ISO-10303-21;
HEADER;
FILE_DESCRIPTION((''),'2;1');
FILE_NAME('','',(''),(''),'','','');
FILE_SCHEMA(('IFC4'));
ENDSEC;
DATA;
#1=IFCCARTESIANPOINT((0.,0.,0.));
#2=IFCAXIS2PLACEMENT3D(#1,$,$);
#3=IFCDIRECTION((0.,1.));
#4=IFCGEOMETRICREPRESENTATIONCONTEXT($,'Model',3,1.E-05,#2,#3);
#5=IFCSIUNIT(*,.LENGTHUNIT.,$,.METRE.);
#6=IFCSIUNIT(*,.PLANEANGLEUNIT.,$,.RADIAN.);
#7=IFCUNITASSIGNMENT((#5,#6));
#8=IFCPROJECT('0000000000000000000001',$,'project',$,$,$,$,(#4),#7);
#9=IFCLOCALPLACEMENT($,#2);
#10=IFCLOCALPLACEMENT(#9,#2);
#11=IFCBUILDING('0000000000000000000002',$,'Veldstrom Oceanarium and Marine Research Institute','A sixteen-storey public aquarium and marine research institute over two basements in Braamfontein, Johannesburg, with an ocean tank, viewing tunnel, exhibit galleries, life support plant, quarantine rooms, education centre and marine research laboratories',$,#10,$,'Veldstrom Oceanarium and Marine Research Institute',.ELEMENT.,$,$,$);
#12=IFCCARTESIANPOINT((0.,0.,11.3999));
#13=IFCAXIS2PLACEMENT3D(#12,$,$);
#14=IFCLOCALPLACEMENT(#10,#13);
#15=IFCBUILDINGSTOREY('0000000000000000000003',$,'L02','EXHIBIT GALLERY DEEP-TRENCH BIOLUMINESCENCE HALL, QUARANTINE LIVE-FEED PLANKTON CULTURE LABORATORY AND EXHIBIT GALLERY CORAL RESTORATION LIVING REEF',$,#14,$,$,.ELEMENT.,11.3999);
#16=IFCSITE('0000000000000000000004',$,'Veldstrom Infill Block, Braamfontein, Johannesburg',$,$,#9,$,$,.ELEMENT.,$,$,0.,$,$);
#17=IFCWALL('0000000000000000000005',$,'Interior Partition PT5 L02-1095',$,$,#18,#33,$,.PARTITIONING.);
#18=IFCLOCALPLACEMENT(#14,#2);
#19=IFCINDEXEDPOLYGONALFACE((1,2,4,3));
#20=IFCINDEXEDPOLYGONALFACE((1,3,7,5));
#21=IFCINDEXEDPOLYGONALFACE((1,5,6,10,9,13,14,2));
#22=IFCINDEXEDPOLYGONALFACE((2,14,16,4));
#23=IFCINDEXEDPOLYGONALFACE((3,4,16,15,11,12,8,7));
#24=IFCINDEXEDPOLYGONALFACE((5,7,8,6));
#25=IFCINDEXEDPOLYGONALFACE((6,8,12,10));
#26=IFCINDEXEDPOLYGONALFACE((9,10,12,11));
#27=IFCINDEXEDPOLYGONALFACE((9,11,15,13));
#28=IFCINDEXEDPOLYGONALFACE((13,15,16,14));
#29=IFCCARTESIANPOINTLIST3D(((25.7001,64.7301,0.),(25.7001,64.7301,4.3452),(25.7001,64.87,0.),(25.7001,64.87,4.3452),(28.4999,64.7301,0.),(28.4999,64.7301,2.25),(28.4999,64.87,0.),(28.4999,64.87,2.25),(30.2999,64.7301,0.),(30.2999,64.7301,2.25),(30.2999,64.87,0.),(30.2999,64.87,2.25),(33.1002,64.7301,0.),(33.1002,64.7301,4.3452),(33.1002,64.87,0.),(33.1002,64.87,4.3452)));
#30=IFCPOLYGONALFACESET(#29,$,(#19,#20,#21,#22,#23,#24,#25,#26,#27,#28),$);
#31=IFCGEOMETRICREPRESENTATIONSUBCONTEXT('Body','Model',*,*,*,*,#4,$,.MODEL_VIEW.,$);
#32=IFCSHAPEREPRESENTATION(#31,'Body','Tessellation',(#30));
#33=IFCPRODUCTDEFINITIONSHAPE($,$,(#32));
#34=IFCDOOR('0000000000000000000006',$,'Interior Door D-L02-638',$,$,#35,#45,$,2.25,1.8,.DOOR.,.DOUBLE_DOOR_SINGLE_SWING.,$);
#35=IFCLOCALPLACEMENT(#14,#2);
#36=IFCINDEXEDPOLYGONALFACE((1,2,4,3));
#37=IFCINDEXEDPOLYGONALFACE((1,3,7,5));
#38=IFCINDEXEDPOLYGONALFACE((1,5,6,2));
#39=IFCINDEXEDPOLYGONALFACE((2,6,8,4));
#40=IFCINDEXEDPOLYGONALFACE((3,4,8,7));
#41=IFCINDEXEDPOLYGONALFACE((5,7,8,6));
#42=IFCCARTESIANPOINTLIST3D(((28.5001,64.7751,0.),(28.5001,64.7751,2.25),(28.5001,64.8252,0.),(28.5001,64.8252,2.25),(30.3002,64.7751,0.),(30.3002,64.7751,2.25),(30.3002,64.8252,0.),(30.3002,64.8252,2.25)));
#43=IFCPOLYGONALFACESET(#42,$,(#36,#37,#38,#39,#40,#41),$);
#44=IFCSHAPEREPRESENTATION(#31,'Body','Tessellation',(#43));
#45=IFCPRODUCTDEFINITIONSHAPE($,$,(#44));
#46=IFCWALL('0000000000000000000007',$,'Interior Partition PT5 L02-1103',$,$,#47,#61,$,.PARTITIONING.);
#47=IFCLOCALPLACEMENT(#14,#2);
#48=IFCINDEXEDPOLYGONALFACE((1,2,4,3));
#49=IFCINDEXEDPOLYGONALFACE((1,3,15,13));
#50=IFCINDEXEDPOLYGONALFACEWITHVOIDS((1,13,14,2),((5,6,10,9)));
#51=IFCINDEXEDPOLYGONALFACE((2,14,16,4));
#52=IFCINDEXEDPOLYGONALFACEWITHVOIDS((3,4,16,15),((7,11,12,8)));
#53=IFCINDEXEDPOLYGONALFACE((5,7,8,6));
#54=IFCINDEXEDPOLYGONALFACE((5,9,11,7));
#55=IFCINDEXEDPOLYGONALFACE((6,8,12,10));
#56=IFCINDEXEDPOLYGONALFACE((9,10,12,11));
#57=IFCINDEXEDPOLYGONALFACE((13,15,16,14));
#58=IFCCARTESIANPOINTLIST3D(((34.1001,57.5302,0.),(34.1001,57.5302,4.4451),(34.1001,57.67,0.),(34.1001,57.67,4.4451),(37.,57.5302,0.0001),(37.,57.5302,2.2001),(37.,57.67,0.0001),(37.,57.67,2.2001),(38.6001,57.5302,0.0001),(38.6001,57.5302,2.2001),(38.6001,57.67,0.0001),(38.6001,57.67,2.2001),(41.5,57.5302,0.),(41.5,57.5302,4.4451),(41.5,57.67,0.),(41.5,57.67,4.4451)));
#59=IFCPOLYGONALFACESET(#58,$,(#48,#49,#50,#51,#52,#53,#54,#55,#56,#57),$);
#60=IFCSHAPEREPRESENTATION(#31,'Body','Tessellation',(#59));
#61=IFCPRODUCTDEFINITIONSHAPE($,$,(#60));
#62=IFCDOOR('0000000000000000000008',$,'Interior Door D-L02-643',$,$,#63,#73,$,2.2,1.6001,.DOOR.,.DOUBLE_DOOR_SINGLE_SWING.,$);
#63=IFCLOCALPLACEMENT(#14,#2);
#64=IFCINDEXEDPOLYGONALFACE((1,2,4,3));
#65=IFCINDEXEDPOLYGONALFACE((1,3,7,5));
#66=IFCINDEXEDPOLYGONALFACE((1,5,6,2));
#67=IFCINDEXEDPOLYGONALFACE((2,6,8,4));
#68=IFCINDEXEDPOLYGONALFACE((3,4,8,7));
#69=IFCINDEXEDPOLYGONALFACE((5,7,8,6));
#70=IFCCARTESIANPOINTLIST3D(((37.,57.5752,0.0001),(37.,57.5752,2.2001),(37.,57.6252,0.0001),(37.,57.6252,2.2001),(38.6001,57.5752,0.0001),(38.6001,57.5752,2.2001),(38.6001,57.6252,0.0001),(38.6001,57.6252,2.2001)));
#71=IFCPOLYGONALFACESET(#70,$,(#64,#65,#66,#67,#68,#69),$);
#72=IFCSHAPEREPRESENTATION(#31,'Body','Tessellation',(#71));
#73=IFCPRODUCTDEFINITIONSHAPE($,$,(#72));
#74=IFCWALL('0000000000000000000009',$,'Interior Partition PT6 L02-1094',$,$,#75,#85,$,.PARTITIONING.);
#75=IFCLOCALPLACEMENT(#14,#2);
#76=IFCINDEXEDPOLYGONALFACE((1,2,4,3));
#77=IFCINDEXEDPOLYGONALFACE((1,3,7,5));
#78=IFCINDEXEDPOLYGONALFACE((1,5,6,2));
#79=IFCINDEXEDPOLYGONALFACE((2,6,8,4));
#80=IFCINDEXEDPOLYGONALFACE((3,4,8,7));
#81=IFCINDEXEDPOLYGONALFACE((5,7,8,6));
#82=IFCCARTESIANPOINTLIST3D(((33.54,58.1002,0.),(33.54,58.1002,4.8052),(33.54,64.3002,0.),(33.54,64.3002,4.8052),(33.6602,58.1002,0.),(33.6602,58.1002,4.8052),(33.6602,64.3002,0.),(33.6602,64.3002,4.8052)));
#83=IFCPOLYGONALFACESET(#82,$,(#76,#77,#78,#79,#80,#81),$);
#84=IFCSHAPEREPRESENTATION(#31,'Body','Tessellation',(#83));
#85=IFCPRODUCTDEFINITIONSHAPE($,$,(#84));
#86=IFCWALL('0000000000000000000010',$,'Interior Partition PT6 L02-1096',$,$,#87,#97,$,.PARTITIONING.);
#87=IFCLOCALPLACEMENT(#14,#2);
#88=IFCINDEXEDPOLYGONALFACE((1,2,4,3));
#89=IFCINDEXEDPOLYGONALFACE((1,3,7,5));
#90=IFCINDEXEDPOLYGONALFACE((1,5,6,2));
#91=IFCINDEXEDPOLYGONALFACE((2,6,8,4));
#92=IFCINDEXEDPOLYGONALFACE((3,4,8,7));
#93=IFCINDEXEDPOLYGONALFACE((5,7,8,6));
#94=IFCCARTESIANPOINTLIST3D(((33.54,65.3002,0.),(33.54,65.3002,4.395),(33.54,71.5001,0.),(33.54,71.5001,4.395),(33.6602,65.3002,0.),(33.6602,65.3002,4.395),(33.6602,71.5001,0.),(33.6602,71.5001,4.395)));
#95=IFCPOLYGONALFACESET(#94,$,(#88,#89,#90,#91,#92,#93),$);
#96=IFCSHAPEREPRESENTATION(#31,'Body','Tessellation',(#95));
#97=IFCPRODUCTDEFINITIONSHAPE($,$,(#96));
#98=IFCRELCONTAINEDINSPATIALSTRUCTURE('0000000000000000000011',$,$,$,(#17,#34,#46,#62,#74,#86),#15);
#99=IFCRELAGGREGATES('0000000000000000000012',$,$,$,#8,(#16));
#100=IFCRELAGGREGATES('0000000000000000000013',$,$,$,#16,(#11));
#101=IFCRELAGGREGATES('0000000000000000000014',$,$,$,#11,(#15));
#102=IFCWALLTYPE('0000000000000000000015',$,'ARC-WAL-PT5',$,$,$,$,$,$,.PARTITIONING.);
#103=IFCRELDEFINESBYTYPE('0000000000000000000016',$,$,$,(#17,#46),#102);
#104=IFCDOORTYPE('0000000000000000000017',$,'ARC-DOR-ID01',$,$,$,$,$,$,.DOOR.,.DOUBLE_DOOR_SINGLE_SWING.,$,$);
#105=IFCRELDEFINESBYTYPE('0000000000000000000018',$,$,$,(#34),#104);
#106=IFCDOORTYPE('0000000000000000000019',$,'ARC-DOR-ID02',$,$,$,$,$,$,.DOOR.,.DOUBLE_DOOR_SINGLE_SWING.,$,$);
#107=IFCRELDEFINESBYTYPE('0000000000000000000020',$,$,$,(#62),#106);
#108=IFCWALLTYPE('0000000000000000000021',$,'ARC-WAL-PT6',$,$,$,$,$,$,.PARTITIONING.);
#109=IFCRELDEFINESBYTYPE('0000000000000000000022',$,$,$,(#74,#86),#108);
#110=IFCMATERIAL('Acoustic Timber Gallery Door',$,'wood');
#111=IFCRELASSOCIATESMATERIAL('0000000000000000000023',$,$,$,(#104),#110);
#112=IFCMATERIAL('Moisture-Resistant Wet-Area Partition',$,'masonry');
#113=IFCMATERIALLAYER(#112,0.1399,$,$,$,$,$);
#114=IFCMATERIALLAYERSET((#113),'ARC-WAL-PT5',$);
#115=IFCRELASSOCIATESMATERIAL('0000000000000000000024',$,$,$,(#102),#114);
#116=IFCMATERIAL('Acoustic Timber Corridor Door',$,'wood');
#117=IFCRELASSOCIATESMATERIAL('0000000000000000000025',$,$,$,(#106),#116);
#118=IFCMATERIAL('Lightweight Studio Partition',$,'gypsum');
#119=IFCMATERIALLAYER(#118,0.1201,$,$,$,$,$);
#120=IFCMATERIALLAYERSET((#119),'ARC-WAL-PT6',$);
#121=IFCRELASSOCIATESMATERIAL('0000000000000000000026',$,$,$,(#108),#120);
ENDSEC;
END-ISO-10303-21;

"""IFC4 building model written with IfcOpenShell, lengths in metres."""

from ifc_helpers import new_model, si_unit, direction, frame, frame_2d, origin, place, context, subcontext, project, spatial, rectangle, extrude, material, layer, layer_set, type_object, element, fill, save


model = new_model("IFC4")

# Units and contexts
model_context = context("Model", 3, precision=1e-05, world=origin(), true_north=direction((0.0, 1.0)))
body_context = subcontext(model_context, "Body", "Model", "MODEL_VIEW")
ifc_project = project(units=[si_unit("LENGTHUNIT", "METRE"), si_unit("PLANEANGLEUNIT", "RADIAN")], contexts=[model_context])

# Site, building, storey
site_placement = place(None, origin())
site = spatial("IfcSite", under=ifc_project, at=site_placement, Name="Veldstrom Infill Block, Braamfontein, Johannesburg", CompositionType="ELEMENT", RefElevation=0.0)
building_placement = place(site_placement, origin())
building = spatial("IfcBuilding", under=site, at=building_placement, Name="Veldstrom Oceanarium and Marine Research Institute", Description="A sixteen-storey public aquarium and marine research institute over two basements in Braamfontein, Johannesburg, with an ocean tank, viewing tunnel, exhibit galleries, life support plant, quarantine rooms, education centre and marine research laboratories", LongName="Veldstrom Oceanarium and Marine Research Institute", CompositionType="ELEMENT")
storey_placement = place(building_placement, frame((0.0, 0.0, 11.3999)))
storey = spatial("IfcBuildingStorey", under=building, at=storey_placement, Name="L02", Description="EXHIBIT GALLERY DEEP-TRENCH BIOLUMINESCENCE HALL, QUARANTINE LIVE-FEED PLANKTON CULTURE LABORATORY AND EXHIBIT GALLERY CORAL RESTORATION LIVING REEF", CompositionType="ELEMENT", Elevation=11.3999)

# Walls, openings, doors
ifc_material_1 = material(Name="Acoustic Timber Gallery Door", Category="wood")
door_type_1 = type_object("IfcDoorType", Name="ARC-DOR-ID01", OperationType="DOUBLE_DOOR_SINGLE_SWING", PredefinedType="DOOR", material=ifc_material_1)
ifc_material_2 = material(Name="Moisture-Resistant Wet-Area Partition", Category="masonry")
ifc_layer_1 = layer(ifc_material_2, 0.1399)
ifc_layer_set_1 = layer_set([ifc_layer_1], Name="ARC-WAL-PT5")
wall_type_1 = type_object("IfcWallType", Name="ARC-WAL-PT5", PredefinedType="PARTITIONING", material=ifc_layer_set_1)
wall_1_placement = place(storey_placement, frame((25.7, 64.8, 0.0), z_axis=(0.0, 0.0, 1.0), x_axis=(1.0, 0.0, 0.0)))
wall_1 = element("IfcWall", 1, at=wall_1_placement, inside=storey, type_object=wall_type_1, Name="Interior Partition PT5 L02-1095", PredefinedType="PARTITIONING", context=body_context, shape_type="SweptSolid", body=[
    extrude(rectangle(XDim=7.4001, YDim=0.1399, at=frame_2d((3.7002, 0.0))), origin(), (0.0, 0.0, 1.0), 4.3452),
])
opening_1_placement = place(wall_1_placement, frame((2.8, 0.0, 0.0)))
opening_1 = element("IfcOpeningElement", 2, at=opening_1_placement, cuts=wall_1, PredefinedType="OPENING", context=body_context, shape_type="SweptSolid", body=[
    extrude(rectangle(XDim=1.8, YDim=2.25, at=frame_2d((0.8999, 1.125))), frame((0.0, 0.0798, 0.0), z_axis=(0.0, -1.0, 0.0), x_axis=(1.0, 0.0, 0.0)), (0.0, 0.0, 1.0), 0.1599),
])
door_1_placement = place(opening_1_placement, frame((1.8, 0.0, 0.0), z_axis=(0.0, 0.0, 1.0), x_axis=(-1.0, 0.0, 0.0)))
door_1 = element("IfcDoor", 3, at=door_1_placement, inside=storey, type_object=door_type_1, Name="Interior Door D-L02-638", OperationType="DOUBLE_DOOR_SINGLE_SWING", OverallHeight=2.25, OverallWidth=1.8, PredefinedType="DOOR", context=body_context, shape_type="SweptSolid", body=[
    extrude(rectangle(XDim=1.8, YDim=2.25, at=frame_2d((0.8999, 1.125))), frame((0.0, 0.0249, 0.0), z_axis=(0.0, -1.0, 0.0), x_axis=(1.0, 0.0, 0.0)), (0.0, 0.0, 1.0), 0.05),
])
fill(opening_1, door_1)
wall_2_placement = place(storey_placement, frame((34.1001, 57.6001, 0.0), z_axis=(0.0, 0.0, 1.0), x_axis=(1.0, 0.0, 0.0)))
wall_2 = element("IfcWall", 4, at=wall_2_placement, inside=storey, type_object=wall_type_1, Name="Interior Partition PT5 L02-1103", PredefinedType="PARTITIONING", context=body_context, shape_type="SweptSolid", body=[
    extrude(rectangle(XDim=7.3999, YDim=0.1399, at=frame_2d((3.7, 0.0))), origin(), (0.0, 0.0, 1.0), 4.4451),
])
opening_2_placement = place(wall_2_placement, frame((2.8999, 0.0, 0.0)))
opening_2 = element("IfcOpeningElement", 5, at=opening_2_placement, cuts=wall_2, PredefinedType="OPENING", context=body_context, shape_type="SweptSolid", body=[
    extrude(rectangle(XDim=1.6001, YDim=2.2, at=frame_2d((0.8, 1.1001))), frame((0.0, 0.0798, 0.0), z_axis=(0.0, -1.0, 0.0), x_axis=(1.0, 0.0, 0.0)), (0.0, 0.0, 1.0), 0.1599),
])
ifc_material_3 = material(Name="Acoustic Timber Corridor Door", Category="wood")
door_type_2 = type_object("IfcDoorType", Name="ARC-DOR-ID02", OperationType="DOUBLE_DOOR_SINGLE_SWING", PredefinedType="DOOR", material=ifc_material_3)
door_2_placement = place(opening_2_placement, frame((1.6001, 0.0, 0.0), z_axis=(0.0, 0.0, 1.0), x_axis=(-1.0, 0.0, 0.0)))
door_2 = element("IfcDoor", 6, at=door_2_placement, inside=storey, type_object=door_type_2, Name="Interior Door D-L02-643", OperationType="DOUBLE_DOOR_SINGLE_SWING", OverallHeight=2.2, OverallWidth=1.6001, PredefinedType="DOOR", context=body_context, shape_type="SweptSolid", body=[
    extrude(rectangle(XDim=1.6001, YDim=2.2, at=frame_2d((0.8, 1.1001))), frame((0.0, 0.0249, 0.0), z_axis=(0.0, -1.0, 0.0), x_axis=(1.0, 0.0, 0.0)), (0.0, 0.0, 1.0), 0.05),
])
fill(opening_2, door_2)

# Walls
ifc_material_4 = material(Name="Lightweight Studio Partition", Category="gypsum")
ifc_layer_2 = layer(ifc_material_4, 0.1201)
ifc_layer_set_2 = layer_set([ifc_layer_2], Name="ARC-WAL-PT6")
wall_type_2 = type_object("IfcWallType", Name="ARC-WAL-PT6", PredefinedType="PARTITIONING", material=ifc_layer_set_2)
wall_3_placement = place(storey_placement, frame((33.6001, 58.1001, 0.0), z_axis=(0.0, 0.0, 1.0), x_axis=(0.0, 1.0, 0.0)))
element("IfcWall", 7, at=wall_3_placement, inside=storey, type_object=wall_type_2, Name="Interior Partition PT6 L02-1094", PredefinedType="PARTITIONING", context=body_context, shape_type="SweptSolid", body=[
    extrude(rectangle(XDim=6.2, YDim=0.1201, at=frame_2d((3.1001, 0.0))), origin(), (0.0, 0.0, 1.0), 4.8052),
])
wall_4_placement = place(storey_placement, frame((33.6001, 65.3, 0.0), z_axis=(0.0, 0.0, 1.0), x_axis=(0.0, 1.0, 0.0)))
element("IfcWall", 8, at=wall_4_placement, inside=storey, type_object=wall_type_2, Name="Interior Partition PT6 L02-1096", PredefinedType="PARTITIONING", context=body_context, shape_type="SweptSolid", body=[
    extrude(rectangle(XDim=6.2, YDim=0.1201, at=frame_2d((3.1001, 0.0))), origin(), (0.0, 0.0, 1.0), 4.395),
])

save(model, "model.ifc")
